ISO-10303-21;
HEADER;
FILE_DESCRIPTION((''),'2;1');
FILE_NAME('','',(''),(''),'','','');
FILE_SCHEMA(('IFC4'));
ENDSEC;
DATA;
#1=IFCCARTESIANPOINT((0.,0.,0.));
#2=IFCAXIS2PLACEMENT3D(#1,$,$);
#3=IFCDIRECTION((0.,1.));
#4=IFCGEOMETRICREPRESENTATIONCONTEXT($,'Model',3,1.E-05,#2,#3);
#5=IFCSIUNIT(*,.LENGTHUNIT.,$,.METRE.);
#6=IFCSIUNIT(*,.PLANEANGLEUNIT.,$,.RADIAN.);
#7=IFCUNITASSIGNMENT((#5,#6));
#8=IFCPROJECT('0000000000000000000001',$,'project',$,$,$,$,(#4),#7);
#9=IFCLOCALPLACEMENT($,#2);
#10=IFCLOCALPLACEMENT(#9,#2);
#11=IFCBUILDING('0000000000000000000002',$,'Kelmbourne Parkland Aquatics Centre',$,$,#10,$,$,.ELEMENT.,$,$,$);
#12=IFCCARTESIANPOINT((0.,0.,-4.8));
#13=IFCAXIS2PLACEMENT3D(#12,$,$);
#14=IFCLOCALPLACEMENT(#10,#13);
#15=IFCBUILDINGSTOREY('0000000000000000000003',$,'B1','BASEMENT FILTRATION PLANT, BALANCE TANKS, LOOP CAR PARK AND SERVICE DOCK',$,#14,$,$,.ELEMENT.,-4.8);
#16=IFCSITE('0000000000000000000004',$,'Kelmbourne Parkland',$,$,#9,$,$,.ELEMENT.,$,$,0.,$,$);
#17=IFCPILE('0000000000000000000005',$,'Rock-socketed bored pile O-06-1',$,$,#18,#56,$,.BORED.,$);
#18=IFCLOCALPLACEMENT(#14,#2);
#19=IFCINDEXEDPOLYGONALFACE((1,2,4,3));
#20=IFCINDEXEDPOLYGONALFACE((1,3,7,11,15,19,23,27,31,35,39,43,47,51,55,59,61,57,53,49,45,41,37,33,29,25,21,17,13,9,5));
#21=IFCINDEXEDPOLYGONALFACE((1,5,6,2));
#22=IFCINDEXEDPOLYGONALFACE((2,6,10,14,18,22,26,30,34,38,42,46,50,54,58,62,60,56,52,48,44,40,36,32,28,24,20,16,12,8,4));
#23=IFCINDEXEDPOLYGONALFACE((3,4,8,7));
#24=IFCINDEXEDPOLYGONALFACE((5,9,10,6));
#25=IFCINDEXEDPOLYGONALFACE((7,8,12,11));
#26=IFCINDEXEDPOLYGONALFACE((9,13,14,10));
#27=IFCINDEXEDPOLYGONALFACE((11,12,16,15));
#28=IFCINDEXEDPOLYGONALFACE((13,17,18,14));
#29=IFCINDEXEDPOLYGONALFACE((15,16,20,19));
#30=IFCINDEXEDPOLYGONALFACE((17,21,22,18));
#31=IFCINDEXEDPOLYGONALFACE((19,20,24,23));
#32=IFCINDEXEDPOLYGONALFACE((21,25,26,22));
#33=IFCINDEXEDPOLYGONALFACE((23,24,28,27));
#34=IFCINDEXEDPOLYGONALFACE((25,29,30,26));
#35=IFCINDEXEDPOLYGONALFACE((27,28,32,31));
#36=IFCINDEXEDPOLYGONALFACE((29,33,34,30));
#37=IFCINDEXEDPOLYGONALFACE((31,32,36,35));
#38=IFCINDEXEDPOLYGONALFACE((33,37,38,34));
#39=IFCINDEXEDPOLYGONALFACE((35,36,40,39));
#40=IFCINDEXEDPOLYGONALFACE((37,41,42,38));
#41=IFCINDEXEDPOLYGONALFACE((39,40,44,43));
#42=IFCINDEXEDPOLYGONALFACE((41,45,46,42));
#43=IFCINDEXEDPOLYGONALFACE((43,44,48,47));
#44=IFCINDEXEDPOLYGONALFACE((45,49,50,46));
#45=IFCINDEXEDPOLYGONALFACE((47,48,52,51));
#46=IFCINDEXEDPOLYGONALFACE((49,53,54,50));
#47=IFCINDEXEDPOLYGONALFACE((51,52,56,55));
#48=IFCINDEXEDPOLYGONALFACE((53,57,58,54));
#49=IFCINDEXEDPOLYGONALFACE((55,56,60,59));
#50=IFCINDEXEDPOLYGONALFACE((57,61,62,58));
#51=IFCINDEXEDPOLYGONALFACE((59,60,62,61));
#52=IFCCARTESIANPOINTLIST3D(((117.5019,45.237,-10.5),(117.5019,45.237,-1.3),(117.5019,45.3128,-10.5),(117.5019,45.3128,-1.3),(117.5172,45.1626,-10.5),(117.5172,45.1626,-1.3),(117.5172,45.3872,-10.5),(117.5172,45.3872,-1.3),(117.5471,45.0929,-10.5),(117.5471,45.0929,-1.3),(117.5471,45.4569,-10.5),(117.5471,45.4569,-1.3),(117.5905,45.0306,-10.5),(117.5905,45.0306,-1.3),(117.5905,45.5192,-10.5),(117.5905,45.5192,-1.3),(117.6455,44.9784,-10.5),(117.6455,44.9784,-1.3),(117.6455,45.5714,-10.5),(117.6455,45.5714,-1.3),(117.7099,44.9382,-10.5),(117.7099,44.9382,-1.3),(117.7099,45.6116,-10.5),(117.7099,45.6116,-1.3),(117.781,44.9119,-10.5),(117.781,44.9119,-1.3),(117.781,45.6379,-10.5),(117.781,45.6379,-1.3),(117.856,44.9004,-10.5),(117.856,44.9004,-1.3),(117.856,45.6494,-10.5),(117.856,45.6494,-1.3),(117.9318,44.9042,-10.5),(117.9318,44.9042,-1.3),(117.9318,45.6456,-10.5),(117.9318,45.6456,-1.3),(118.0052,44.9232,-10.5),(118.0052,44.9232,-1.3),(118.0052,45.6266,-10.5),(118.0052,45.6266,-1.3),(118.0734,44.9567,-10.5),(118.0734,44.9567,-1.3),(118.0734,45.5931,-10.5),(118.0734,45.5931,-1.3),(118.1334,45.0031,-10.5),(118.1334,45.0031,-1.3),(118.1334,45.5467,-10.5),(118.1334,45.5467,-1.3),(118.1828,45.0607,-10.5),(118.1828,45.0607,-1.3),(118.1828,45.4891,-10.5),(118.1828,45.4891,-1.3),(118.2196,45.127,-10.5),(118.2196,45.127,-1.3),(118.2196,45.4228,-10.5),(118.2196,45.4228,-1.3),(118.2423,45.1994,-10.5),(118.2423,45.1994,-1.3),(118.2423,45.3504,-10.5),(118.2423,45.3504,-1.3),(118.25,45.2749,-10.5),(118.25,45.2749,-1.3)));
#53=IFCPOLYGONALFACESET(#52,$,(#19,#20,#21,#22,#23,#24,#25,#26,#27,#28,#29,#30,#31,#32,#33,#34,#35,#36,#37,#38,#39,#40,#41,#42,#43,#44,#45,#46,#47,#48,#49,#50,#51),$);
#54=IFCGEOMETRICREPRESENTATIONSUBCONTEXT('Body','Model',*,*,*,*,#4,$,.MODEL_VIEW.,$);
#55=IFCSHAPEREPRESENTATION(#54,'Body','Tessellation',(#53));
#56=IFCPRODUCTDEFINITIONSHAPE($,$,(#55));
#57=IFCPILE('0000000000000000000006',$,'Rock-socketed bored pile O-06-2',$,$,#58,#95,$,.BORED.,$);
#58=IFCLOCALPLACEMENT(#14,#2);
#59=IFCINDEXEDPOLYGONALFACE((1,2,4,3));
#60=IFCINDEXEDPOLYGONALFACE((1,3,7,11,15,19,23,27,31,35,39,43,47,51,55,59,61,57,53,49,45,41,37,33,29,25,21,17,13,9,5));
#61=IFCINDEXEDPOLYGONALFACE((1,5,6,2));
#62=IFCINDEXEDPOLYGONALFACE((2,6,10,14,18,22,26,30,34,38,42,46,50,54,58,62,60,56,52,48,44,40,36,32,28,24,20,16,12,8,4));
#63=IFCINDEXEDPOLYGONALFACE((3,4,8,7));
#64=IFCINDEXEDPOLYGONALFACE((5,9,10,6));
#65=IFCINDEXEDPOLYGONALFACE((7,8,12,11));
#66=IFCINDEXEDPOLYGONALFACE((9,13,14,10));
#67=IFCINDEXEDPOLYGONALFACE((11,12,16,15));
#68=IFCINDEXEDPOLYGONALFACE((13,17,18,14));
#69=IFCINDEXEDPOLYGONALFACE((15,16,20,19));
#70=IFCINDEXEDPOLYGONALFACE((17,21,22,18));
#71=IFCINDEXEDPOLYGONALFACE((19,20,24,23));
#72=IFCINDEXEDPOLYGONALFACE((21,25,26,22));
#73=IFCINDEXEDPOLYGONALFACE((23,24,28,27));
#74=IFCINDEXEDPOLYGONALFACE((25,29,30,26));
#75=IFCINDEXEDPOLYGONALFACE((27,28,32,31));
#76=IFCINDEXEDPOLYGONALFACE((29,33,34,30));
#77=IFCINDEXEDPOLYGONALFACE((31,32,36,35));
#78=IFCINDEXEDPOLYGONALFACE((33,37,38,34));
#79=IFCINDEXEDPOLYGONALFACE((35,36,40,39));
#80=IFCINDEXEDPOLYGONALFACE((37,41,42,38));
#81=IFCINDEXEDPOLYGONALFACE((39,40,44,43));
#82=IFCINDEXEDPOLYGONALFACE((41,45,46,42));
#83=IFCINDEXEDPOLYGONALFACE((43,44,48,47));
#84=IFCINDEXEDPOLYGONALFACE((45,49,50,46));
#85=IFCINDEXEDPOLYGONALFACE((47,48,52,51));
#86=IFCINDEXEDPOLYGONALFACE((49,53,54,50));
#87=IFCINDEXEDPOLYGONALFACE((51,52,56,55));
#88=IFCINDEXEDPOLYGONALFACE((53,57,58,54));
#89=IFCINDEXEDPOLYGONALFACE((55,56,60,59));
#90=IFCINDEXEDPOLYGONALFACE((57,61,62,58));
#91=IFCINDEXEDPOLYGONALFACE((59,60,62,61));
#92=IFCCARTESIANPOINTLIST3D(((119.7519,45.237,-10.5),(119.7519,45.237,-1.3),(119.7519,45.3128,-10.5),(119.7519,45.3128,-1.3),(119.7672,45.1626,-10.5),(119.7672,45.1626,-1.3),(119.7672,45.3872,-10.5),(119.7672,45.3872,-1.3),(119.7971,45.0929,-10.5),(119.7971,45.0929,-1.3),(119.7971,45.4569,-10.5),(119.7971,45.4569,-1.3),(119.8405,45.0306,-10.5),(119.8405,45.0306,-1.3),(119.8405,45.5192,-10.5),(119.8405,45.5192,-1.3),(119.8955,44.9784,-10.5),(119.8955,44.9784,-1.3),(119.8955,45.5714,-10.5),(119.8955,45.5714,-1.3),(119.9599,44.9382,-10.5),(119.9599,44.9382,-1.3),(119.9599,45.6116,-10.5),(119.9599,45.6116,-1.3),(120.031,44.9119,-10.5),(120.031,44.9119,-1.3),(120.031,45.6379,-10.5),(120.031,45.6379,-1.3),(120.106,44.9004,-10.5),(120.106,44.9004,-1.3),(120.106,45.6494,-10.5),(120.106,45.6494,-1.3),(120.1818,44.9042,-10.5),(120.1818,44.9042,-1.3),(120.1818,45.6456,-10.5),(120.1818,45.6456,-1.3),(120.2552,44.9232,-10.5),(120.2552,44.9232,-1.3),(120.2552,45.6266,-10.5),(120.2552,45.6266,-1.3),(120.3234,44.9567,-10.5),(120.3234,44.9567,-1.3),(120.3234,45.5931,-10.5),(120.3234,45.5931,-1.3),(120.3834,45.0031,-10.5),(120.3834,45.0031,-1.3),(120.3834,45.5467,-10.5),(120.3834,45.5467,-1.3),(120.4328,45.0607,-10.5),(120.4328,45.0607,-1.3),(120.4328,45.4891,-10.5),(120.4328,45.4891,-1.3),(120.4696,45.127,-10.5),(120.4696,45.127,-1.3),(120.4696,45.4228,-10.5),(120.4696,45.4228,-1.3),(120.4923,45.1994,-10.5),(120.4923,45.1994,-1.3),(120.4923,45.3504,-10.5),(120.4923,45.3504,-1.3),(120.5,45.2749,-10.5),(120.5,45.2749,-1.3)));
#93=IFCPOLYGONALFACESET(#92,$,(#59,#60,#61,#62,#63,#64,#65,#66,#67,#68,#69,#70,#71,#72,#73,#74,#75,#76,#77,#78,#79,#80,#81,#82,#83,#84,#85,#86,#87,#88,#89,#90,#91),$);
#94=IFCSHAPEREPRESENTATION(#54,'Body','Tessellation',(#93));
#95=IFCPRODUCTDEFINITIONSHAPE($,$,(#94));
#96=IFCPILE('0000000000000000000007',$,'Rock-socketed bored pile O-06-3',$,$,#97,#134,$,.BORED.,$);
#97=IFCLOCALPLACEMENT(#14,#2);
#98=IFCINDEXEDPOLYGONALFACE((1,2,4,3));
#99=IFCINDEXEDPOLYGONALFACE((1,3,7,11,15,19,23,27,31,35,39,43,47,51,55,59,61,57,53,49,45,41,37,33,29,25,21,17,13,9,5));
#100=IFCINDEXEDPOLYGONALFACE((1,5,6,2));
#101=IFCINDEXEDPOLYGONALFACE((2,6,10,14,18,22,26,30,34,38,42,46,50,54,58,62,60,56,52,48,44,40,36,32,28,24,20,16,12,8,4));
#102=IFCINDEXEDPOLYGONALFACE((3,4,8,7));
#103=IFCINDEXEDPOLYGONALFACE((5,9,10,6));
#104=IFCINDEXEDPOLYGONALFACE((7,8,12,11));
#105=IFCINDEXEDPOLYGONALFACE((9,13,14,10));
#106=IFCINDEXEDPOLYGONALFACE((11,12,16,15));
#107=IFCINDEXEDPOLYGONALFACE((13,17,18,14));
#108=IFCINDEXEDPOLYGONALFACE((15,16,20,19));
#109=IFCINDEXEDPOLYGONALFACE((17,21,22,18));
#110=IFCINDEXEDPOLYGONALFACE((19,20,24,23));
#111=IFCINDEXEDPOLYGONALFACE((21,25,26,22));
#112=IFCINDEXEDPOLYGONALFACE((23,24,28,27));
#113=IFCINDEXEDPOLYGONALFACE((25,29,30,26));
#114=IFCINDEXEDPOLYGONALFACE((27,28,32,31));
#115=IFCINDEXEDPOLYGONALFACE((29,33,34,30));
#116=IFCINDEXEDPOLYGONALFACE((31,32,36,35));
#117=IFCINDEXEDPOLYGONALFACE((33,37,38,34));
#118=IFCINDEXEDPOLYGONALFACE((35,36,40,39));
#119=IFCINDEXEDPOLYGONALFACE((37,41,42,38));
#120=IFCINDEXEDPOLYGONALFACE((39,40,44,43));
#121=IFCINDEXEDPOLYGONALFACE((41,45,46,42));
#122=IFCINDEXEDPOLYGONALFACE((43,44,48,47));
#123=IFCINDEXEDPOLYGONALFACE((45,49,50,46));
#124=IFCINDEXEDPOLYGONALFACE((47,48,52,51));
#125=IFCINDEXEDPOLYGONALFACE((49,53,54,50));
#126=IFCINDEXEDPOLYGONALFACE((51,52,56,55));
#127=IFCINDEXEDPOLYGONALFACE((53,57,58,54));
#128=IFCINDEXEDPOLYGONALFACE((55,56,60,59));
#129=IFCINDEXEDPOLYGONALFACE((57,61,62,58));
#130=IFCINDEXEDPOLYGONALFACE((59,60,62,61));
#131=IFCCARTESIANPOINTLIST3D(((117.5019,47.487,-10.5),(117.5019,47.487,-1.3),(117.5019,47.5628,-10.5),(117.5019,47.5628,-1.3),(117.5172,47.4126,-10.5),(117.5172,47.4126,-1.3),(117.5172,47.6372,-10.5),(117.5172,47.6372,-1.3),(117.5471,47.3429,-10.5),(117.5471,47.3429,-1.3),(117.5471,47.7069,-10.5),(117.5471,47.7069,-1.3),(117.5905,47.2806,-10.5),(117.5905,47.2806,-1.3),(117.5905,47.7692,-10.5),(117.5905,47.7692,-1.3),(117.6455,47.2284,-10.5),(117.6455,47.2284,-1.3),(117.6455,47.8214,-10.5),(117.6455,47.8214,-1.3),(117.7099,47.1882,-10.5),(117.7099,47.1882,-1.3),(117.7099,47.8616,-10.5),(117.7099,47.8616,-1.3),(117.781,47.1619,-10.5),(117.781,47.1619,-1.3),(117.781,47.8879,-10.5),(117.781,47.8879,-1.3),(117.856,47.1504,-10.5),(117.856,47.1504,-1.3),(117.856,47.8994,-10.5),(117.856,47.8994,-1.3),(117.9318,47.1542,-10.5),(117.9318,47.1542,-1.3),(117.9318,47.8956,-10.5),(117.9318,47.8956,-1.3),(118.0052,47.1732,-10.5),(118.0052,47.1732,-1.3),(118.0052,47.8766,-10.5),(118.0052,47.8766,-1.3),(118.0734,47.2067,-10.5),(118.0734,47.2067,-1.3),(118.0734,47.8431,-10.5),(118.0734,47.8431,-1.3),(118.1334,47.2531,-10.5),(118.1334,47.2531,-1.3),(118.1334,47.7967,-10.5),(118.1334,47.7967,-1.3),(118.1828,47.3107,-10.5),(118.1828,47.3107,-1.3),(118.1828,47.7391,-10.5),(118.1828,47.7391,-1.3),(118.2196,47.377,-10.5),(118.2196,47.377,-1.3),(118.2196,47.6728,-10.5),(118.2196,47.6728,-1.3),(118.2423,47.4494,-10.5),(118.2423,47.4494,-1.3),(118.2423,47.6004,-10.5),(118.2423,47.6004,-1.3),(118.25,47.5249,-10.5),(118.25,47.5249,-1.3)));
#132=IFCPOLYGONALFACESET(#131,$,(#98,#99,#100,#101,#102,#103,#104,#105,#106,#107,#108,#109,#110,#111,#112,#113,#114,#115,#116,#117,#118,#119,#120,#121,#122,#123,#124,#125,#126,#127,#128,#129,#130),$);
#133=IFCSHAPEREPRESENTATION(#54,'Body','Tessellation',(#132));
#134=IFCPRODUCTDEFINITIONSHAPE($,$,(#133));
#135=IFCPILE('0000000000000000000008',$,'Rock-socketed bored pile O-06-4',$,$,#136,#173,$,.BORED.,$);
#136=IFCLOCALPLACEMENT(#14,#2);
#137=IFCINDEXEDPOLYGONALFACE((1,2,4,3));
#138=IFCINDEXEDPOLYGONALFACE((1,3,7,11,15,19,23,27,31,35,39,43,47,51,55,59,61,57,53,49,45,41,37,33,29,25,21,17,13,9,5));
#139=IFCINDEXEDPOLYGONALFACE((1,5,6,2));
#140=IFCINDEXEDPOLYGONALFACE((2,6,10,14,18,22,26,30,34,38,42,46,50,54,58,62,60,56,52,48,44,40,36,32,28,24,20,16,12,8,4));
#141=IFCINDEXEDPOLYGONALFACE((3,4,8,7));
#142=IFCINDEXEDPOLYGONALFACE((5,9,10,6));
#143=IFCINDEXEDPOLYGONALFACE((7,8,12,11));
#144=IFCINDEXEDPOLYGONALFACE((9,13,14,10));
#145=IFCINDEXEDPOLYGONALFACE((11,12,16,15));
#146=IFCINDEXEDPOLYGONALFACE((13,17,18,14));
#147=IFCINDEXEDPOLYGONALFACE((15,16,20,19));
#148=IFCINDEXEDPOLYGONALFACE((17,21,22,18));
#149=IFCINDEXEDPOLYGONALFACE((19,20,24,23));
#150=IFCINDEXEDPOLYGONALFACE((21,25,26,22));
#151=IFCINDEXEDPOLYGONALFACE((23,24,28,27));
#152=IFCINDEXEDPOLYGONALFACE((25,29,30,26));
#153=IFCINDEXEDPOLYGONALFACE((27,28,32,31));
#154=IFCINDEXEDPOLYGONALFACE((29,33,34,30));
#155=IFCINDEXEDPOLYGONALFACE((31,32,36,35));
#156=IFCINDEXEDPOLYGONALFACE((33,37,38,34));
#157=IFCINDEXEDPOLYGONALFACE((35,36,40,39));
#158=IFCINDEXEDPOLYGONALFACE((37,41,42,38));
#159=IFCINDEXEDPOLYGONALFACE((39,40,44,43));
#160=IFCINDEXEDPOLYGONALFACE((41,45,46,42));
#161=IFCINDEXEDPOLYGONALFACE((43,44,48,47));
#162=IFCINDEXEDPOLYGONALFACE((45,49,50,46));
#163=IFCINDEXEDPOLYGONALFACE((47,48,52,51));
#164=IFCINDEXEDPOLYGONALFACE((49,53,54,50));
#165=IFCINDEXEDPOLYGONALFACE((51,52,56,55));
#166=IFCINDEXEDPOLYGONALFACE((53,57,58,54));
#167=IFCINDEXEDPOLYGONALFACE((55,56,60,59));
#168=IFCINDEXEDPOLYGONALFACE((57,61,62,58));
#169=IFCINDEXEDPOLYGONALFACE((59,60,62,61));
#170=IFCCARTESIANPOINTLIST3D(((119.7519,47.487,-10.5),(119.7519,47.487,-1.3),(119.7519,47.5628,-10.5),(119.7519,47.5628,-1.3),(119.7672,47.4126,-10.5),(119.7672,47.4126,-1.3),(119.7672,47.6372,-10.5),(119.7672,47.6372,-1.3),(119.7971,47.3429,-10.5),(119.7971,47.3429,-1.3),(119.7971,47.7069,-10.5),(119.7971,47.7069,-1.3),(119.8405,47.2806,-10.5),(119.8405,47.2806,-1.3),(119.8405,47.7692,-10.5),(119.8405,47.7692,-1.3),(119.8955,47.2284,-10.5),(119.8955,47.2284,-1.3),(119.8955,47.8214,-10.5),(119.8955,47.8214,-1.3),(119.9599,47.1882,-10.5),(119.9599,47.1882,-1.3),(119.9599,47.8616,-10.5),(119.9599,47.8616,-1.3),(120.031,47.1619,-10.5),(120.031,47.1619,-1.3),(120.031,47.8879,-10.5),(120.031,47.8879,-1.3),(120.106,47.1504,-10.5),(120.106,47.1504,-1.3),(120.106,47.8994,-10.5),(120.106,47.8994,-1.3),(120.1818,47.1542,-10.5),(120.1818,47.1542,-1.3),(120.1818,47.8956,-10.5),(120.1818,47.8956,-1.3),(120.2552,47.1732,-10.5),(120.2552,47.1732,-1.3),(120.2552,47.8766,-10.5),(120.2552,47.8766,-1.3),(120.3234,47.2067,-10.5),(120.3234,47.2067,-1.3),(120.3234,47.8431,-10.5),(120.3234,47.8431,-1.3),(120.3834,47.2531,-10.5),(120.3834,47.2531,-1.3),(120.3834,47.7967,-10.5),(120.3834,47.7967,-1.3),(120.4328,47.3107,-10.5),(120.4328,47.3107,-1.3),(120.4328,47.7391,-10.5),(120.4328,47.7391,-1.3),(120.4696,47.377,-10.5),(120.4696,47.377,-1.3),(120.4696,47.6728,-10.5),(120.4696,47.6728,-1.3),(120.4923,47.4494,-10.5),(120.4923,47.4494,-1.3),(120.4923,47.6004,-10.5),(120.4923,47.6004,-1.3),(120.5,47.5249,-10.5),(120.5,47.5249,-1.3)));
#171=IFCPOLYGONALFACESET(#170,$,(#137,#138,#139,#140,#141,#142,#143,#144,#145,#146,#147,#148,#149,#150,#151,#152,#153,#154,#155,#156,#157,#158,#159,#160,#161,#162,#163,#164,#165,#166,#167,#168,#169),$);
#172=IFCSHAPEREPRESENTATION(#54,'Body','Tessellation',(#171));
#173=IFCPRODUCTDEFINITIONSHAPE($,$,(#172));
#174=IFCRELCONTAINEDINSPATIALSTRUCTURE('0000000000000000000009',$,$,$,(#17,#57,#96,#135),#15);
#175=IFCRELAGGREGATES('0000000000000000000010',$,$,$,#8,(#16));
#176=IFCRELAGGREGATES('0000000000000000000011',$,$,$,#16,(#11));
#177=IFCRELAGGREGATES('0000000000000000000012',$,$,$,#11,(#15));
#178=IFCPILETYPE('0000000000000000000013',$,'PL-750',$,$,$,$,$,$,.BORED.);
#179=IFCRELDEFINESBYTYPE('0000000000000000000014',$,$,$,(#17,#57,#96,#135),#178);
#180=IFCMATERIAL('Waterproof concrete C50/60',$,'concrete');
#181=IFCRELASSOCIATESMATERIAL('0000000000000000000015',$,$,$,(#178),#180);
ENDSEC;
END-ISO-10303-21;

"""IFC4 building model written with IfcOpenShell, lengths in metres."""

from ifc_helpers import new_model, si_unit, direction, frame, origin, origin_2d, place, context, subcontext, project, spatial, circle, extrude, material, material_profile, profile_set, type_object, element, save


model = new_model("IFC4")

# Units and contexts
model_context = context("Model", 3, precision=1e-05, world=origin(), true_north=direction((0.0, 1.0)))
body_context = subcontext(model_context, "Body", "Model", "MODEL_VIEW")
ifc_project = project(units=[si_unit("LENGTHUNIT", "METRE"), si_unit("PLANEANGLEUNIT", "RADIAN")], contexts=[model_context])

# Site, building, storey
site_placement = place(None, origin())
site = spatial("IfcSite", under=ifc_project, at=site_placement, Name="Kelmbourne Parkland", CompositionType="ELEMENT", RefElevation=0.0)
building_placement = place(site_placement, origin())
building = spatial("IfcBuilding", under=site, at=building_placement, Name="Kelmbourne Parkland Aquatics Centre", CompositionType="ELEMENT")
storey_placement = place(building_placement, frame((0.0, 0.0, -4.8)))
storey = spatial("IfcBuildingStorey", under=building, at=storey_placement, Name="B1", Description="BASEMENT FILTRATION PLANT, BALANCE TANKS, LOOP CAR PARK AND SERVICE DOCK", CompositionType="ELEMENT", Elevation=-4.8)

# Shared definitions
ifc_material_1 = material(Name="Waterproof concrete C50/60", Category="concrete")

# Piles
ifc_material_profile_1 = material_profile(ifc_material_1, circle(Radius=0.375, at=origin_2d()), Name="PILE D750")
ifc_profile_set_1 = profile_set([ifc_material_profile_1], Name="Waterproof concrete C50/60")
pile_type_1 = type_object("IfcPileType", Name="PL-750", PredefinedType="BORED", material=ifc_profile_set_1)
for number, where, z_axis, x_axis, name in (
    (1, (117.875, 45.2749, -1.3), (0.0, 0.0, -1.0), (1.0, 0.0, 0.0), "Rock-socketed bored pile O-06-1"),
    (2, (120.125, 45.2749, -1.3), (0.0, 0.0, -1.0), (1.0, 0.0, 0.0), "Rock-socketed bored pile O-06-2"),
    (3, (117.875, 47.5249, -1.3), (0.0, 0.0, -1.0), (1.0, 0.0, 0.0), "Rock-socketed bored pile O-06-3"),
    (4, (120.125, 47.5249, -1.3), (0.0, 0.0, -1.0), (1.0, 0.0, 0.0), "Rock-socketed bored pile O-06-4"),
):
    element("IfcPile", number, at=place(storey_placement, frame(where, z_axis=z_axis, x_axis=x_axis)), inside=storey, type_object=pile_type_1, Name=name, PredefinedType="BORED", context=body_context, shape_type="SweptSolid", body=[
        extrude(circle(Radius=0.375, at=origin_2d()), origin(), (0.0, 0.0, 1.0), 9.2),
    ])

save(model, "model.ifc")
